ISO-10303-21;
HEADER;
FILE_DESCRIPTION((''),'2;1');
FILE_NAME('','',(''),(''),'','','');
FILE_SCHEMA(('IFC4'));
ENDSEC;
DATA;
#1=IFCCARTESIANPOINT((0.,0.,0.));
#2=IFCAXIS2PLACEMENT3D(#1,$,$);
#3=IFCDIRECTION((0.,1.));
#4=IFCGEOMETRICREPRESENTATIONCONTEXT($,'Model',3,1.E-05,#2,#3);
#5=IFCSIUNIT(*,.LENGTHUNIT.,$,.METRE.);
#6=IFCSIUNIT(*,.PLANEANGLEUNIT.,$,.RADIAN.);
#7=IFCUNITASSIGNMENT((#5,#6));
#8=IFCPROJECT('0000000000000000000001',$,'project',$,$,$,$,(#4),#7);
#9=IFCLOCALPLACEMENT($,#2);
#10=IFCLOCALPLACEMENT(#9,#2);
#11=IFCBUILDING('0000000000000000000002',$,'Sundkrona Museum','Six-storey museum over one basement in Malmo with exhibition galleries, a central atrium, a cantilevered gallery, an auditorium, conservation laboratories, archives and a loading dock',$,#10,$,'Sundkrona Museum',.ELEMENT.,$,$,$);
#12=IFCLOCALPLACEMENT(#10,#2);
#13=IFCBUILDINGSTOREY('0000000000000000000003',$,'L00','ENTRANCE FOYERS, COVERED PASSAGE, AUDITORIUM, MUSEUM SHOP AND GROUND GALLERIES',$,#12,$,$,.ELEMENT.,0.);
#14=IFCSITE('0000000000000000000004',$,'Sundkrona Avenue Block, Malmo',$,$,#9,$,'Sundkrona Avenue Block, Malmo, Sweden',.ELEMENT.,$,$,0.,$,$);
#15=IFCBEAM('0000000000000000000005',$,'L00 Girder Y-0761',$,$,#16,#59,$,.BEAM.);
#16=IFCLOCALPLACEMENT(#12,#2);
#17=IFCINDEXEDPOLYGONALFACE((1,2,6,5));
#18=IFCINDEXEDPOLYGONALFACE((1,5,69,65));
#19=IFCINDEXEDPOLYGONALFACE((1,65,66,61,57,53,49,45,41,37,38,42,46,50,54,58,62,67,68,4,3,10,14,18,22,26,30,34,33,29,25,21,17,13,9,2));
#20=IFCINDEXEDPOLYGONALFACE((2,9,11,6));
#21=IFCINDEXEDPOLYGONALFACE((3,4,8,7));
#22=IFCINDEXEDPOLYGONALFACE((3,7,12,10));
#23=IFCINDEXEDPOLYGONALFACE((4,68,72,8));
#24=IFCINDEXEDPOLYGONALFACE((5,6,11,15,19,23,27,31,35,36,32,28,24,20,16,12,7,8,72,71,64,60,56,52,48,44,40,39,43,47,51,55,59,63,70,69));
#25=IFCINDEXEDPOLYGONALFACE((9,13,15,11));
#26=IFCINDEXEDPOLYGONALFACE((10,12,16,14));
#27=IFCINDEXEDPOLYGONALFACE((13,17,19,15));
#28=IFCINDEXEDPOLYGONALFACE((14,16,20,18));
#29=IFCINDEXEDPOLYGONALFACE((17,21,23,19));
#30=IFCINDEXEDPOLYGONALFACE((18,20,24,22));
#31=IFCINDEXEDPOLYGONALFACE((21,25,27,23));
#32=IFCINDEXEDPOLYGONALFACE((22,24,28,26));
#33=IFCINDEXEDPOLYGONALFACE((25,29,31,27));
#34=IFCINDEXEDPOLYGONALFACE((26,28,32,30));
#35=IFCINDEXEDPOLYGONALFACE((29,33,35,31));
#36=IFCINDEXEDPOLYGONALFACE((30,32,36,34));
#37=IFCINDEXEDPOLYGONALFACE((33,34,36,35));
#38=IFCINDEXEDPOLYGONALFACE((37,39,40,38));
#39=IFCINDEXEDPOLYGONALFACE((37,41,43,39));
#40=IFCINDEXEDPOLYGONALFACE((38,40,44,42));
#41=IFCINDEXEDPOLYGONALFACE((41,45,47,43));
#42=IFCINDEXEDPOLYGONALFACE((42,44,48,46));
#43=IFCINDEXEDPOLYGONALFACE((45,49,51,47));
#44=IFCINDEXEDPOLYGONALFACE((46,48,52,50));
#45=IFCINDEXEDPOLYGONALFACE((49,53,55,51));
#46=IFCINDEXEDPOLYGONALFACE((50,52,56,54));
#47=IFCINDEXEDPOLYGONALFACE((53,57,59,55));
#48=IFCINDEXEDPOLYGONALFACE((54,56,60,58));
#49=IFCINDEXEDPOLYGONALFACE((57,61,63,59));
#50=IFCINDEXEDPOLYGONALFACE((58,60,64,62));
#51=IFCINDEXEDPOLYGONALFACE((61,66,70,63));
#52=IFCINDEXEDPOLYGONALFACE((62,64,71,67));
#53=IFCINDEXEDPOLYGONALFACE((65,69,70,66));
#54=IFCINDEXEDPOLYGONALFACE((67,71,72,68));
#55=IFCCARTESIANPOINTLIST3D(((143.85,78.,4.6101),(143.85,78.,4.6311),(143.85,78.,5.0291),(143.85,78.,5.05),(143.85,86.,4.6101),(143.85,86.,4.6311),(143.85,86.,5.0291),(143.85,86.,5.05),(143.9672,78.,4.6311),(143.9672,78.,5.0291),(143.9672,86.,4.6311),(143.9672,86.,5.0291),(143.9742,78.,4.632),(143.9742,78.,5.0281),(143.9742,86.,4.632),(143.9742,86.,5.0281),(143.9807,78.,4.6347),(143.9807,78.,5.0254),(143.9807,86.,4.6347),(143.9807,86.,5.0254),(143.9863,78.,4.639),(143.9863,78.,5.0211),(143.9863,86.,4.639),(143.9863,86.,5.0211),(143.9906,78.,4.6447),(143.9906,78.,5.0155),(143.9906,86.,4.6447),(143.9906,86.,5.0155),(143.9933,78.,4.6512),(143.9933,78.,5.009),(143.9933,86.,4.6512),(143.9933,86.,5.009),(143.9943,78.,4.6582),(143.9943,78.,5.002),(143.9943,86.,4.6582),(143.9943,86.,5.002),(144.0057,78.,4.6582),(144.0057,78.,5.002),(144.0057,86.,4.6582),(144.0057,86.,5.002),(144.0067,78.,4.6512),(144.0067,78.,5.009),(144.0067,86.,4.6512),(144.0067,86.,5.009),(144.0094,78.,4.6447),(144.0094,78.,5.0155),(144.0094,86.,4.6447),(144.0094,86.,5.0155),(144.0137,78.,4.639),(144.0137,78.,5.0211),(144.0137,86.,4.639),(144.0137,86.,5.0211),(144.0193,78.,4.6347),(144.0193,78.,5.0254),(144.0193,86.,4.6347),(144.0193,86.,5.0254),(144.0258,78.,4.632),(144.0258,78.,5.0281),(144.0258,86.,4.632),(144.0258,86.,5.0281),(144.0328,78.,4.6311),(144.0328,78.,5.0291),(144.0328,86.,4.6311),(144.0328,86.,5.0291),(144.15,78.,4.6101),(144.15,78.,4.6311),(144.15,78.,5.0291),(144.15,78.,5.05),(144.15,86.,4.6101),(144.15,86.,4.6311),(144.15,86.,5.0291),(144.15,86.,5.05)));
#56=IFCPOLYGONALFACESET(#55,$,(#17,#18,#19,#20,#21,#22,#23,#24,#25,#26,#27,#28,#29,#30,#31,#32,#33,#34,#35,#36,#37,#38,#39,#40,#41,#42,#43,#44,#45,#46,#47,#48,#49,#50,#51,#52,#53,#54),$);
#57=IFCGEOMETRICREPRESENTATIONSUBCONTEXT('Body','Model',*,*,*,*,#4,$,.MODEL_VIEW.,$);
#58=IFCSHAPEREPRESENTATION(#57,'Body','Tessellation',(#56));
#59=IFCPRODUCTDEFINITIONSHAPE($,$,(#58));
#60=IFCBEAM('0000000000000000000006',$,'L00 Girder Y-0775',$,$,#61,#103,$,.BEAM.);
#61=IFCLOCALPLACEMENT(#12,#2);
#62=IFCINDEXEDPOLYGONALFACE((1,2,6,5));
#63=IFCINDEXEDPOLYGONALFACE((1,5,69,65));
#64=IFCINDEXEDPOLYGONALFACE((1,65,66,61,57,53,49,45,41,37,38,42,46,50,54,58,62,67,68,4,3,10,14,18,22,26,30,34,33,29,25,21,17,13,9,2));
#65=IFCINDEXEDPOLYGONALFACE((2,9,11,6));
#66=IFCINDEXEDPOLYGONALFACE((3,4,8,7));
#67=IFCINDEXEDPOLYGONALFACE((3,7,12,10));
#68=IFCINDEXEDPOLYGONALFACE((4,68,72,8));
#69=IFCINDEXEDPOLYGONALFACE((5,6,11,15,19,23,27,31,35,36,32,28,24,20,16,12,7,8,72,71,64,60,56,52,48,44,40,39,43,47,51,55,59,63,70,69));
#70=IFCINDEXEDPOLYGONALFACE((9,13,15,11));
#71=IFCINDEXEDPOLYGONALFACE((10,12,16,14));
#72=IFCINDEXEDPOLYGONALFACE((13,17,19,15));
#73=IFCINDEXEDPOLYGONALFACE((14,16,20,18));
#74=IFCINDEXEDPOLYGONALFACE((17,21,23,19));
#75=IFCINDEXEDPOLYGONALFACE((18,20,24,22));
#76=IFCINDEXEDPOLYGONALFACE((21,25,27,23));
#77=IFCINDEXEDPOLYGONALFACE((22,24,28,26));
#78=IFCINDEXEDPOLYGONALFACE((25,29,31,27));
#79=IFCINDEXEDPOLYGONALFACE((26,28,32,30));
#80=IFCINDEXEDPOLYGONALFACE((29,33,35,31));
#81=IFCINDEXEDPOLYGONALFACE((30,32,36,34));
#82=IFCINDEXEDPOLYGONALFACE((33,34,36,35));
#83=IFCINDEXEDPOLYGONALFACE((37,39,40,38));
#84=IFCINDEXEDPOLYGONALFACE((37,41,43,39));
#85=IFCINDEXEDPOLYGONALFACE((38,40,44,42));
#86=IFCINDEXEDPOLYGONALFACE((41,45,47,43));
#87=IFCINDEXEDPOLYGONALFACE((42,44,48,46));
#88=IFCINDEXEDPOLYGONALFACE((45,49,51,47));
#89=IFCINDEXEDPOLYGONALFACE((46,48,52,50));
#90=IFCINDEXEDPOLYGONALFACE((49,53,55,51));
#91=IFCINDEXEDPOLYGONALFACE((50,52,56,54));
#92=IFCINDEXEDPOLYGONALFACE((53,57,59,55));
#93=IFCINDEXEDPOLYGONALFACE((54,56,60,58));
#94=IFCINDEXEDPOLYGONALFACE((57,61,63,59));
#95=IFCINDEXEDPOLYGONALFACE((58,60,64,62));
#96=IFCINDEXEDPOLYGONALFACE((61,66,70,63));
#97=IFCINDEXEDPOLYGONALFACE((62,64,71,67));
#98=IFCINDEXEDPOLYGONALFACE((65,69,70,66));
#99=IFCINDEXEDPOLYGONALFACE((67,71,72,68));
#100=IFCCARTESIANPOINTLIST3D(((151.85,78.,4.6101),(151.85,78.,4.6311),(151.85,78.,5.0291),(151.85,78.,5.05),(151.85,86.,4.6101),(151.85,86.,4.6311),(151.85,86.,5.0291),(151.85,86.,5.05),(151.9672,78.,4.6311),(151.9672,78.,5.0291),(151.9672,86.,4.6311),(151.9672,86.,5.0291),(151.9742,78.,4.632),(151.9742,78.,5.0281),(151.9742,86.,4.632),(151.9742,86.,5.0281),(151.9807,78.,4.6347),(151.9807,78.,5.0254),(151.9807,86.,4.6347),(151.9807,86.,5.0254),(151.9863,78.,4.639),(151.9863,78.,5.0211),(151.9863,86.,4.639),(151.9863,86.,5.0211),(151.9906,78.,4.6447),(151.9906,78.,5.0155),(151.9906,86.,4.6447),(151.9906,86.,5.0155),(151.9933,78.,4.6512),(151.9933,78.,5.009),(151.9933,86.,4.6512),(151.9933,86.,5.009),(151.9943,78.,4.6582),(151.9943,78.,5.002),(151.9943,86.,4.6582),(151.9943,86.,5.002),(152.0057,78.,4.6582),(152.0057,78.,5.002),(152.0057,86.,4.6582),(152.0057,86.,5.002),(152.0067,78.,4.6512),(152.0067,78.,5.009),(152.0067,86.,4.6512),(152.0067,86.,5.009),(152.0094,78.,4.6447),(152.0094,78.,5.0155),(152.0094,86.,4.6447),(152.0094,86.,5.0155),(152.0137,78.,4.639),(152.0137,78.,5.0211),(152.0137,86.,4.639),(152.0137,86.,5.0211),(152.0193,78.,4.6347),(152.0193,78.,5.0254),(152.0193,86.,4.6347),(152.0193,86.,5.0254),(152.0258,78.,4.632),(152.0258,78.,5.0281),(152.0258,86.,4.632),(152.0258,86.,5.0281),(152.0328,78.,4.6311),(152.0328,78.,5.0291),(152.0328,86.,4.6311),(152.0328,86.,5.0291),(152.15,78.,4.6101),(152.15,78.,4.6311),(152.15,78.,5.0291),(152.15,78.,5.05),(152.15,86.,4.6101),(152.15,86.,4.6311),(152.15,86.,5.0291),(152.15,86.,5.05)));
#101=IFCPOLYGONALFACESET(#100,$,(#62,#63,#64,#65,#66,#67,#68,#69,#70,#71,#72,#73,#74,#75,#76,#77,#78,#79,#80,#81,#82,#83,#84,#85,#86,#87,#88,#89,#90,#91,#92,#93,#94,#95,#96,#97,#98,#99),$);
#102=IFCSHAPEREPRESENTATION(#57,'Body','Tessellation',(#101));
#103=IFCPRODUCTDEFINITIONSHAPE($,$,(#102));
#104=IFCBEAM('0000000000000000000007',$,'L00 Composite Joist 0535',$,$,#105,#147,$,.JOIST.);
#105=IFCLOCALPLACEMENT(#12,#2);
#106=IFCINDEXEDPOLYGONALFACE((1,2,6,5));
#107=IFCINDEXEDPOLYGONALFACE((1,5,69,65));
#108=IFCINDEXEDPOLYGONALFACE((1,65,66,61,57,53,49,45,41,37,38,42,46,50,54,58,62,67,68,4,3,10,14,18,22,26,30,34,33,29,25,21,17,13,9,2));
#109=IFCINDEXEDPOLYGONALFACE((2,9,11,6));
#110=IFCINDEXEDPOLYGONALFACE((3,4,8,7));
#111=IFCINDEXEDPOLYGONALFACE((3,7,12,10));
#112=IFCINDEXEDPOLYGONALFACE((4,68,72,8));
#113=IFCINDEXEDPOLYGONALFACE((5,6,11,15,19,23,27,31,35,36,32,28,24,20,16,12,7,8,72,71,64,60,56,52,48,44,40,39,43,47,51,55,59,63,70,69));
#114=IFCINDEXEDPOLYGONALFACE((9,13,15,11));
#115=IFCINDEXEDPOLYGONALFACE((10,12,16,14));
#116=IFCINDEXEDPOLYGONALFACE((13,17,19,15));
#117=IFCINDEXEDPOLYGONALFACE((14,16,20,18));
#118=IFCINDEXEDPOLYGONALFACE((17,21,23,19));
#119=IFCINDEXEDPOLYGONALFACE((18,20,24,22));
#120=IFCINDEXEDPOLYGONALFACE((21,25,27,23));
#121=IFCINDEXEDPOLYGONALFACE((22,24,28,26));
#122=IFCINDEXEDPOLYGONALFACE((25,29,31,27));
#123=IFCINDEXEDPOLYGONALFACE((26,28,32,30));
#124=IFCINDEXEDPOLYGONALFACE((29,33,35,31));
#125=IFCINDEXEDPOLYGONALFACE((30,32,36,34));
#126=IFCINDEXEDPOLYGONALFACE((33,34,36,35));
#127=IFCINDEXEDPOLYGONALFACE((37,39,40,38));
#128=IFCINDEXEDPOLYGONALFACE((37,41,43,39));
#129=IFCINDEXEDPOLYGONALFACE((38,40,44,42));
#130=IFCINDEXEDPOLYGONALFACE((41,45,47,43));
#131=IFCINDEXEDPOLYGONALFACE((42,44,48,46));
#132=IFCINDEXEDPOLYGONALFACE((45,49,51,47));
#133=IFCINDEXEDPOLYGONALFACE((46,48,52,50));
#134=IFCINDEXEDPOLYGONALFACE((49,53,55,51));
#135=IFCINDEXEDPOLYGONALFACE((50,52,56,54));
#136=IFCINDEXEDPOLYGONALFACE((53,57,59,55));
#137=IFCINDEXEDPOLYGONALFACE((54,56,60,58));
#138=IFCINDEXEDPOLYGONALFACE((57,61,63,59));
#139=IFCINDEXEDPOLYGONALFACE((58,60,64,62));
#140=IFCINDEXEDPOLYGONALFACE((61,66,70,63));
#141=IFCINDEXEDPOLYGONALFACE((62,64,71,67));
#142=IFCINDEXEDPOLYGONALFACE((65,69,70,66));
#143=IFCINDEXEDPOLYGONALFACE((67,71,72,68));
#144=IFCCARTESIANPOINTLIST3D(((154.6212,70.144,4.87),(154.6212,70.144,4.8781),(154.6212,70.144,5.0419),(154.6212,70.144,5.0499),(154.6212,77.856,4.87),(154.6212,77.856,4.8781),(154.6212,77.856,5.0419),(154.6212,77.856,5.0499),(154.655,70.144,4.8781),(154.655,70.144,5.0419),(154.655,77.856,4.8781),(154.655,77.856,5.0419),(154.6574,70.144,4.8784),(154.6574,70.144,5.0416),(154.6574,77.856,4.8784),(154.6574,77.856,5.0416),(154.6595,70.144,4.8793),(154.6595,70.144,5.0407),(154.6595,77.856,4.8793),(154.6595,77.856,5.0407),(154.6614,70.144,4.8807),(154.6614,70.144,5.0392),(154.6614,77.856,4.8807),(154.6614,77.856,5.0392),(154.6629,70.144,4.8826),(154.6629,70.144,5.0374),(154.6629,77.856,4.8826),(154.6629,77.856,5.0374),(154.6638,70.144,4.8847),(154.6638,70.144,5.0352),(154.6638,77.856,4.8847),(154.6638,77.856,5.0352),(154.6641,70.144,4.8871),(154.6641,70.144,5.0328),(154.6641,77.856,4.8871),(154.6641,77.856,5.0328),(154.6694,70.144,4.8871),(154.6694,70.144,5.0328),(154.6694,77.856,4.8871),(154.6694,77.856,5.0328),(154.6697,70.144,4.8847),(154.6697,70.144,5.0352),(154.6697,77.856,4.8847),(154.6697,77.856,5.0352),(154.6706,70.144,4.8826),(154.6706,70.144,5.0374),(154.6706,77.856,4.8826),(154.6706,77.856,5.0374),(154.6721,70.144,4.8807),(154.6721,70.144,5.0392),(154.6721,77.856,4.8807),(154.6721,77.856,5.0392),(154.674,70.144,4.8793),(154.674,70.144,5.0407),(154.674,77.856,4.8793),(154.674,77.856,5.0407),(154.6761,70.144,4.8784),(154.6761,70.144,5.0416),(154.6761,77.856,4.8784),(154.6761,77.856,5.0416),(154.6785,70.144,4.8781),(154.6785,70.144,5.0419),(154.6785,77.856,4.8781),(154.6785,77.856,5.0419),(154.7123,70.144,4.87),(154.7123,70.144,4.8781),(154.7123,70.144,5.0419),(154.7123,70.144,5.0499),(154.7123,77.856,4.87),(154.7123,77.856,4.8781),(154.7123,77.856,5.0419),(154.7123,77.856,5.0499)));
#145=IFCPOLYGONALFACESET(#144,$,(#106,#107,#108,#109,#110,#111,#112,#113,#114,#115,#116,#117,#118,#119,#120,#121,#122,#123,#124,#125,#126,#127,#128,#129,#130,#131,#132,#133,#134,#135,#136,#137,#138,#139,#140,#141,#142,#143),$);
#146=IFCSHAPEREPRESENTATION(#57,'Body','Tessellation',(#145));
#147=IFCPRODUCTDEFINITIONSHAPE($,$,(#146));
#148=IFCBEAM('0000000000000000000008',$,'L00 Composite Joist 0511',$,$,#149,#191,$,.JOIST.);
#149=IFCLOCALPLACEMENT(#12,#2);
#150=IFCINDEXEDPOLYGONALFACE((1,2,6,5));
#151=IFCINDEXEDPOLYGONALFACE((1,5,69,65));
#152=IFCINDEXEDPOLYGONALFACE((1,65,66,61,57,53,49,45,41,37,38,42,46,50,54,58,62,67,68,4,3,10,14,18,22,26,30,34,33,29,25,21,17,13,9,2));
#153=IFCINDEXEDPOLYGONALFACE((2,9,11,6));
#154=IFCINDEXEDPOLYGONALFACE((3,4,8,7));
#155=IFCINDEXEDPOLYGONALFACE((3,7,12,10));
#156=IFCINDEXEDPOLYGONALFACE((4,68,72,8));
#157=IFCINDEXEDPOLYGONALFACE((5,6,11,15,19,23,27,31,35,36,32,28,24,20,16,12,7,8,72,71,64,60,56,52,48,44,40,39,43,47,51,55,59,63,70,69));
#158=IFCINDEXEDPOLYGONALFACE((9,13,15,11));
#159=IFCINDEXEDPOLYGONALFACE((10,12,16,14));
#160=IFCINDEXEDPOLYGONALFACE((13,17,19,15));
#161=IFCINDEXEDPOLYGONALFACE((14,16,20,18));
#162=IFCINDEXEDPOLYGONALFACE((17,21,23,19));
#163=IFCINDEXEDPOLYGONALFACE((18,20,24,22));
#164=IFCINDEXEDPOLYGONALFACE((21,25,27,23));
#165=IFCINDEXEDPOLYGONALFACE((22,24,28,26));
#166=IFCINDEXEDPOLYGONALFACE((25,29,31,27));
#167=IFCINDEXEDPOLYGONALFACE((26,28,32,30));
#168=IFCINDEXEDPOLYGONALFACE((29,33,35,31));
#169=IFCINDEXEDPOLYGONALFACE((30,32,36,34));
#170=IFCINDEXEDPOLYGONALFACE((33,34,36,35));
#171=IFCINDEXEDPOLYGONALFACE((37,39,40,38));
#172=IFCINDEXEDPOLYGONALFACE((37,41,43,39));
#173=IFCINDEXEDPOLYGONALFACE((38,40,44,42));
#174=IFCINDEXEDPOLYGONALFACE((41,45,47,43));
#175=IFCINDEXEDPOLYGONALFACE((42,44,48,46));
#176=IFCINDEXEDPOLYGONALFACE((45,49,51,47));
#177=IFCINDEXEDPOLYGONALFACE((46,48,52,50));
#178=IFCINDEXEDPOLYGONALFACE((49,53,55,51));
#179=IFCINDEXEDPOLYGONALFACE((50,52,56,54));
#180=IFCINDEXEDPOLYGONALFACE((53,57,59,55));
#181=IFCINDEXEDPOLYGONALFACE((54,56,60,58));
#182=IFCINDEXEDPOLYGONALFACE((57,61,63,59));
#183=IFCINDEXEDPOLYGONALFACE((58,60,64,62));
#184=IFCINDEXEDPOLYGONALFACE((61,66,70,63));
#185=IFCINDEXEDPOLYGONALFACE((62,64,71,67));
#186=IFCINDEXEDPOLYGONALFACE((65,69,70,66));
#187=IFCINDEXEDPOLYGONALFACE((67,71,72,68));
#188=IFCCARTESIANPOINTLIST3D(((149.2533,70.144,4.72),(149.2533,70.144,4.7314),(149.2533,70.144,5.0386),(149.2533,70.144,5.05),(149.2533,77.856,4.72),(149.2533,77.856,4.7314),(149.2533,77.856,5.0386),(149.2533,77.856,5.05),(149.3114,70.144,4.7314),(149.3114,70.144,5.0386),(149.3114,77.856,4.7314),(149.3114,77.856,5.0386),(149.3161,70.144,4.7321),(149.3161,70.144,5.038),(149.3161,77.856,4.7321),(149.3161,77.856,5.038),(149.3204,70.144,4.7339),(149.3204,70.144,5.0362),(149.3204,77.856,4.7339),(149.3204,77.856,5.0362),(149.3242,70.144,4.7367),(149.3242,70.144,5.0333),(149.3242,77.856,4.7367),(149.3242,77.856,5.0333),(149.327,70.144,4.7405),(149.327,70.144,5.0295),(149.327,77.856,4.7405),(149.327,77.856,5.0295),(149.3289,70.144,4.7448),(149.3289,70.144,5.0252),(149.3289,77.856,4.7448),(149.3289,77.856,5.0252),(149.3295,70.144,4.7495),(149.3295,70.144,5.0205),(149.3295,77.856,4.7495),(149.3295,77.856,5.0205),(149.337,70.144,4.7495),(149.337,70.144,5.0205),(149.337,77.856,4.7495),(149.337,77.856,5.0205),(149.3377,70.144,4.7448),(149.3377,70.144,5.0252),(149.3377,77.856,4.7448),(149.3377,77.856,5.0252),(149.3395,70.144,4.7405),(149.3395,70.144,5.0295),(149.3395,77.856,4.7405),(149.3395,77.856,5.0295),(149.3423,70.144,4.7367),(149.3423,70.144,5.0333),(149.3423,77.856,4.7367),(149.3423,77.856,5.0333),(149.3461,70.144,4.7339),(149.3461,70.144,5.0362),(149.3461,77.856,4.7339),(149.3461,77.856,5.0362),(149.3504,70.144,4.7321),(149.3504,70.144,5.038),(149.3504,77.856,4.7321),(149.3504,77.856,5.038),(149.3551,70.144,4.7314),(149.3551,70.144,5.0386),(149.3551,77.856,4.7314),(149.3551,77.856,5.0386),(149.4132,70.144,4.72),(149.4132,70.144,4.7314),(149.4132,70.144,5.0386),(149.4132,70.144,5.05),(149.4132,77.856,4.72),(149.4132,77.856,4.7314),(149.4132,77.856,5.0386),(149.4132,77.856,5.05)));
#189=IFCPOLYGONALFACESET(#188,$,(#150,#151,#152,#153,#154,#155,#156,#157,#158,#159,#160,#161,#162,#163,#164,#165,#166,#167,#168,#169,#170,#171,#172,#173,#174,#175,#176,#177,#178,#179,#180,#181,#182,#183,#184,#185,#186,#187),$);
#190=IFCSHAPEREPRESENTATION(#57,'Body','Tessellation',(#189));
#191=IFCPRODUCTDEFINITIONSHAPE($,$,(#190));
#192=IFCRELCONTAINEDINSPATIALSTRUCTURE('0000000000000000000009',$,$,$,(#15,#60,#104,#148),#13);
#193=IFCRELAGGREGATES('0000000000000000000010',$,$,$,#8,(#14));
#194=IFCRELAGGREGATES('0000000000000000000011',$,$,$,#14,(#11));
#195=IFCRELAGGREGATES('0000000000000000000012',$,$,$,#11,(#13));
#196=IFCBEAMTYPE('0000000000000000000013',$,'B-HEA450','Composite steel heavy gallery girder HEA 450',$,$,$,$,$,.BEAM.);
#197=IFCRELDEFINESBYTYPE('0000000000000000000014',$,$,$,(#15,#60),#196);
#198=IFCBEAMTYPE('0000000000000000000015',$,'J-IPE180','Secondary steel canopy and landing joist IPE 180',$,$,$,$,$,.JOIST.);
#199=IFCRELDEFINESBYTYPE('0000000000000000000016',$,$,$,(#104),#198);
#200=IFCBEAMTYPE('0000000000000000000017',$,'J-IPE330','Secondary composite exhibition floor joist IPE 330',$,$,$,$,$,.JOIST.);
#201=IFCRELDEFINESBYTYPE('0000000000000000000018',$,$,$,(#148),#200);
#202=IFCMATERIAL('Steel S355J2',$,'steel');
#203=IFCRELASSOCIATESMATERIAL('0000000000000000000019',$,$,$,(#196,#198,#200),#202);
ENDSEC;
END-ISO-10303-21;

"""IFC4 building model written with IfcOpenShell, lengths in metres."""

from ifc_helpers import new_model, si_unit, direction, frame, origin, origin_2d, place, context, subcontext, project, spatial, i_section, extrude, material, material_profile, profile_set, type_object, element, save


model = new_model("IFC4")

# Units and contexts
model_context = context("Model", 3, precision=1e-05, world=origin(), true_north=direction((0.0, 1.0)))
body_context = subcontext(model_context, "Body", "Model", "MODEL_VIEW")
ifc_project = project(units=[si_unit("LENGTHUNIT", "METRE"), si_unit("PLANEANGLEUNIT", "RADIAN")], contexts=[model_context])

# Site, building, storey
site_placement = place(None, origin())
site = spatial("IfcSite", under=ifc_project, at=site_placement, Name="Sundkrona Avenue Block, Malmo", LongName="Sundkrona Avenue Block, Malmo, Sweden", CompositionType="ELEMENT", RefElevation=0.0)
building_placement = place(site_placement, origin())
building = spatial("IfcBuilding", under=site, at=building_placement, Name="Sundkrona Museum", Description="Six-storey museum over one basement in Malmo with exhibition galleries, a central atrium, a cantilevered gallery, an auditorium, conservation laboratories, archives and a loading dock", LongName="Sundkrona Museum", CompositionType="ELEMENT")
storey_placement = place(building_placement, origin())
storey = spatial("IfcBuildingStorey", under=building, at=storey_placement, Name="L00", Description="ENTRANCE FOYERS, COVERED PASSAGE, AUDITORIUM, MUSEUM SHOP AND GROUND GALLERIES", CompositionType="ELEMENT", Elevation=0.0)

# Shared definitions
ifc_material_1 = material(Name="Steel S355J2", Category="steel")

# Beams
ifc_material_profile_1 = material_profile(ifc_material_1, i_section(OverallWidth=0.3, OverallDepth=0.4399, WebThickness=0.0115, FlangeThickness=0.021, FilletRadius=0.0271, at=origin_2d()), Name="HEA 450")
ifc_profile_set_1 = profile_set([ifc_material_profile_1], Name="Steel S355J2")
beam_type_1 = type_object("IfcBeamType", Name="B-HEA450", Description="Composite steel heavy gallery girder HEA 450", PredefinedType="BEAM", material=ifc_profile_set_1)
for number, where, z_axis, x_axis, name in (
    (1, (144.0, 78.0, 4.8301), (0.0, 1.0, 0.0), (-1.0, 0.0, 0.0), "L00 Girder Y-0761"),
    (2, (152.0, 78.0, 4.8301), (0.0, 1.0, 0.0), (-1.0, 0.0, 0.0), "L00 Girder Y-0775"),
):
    element("IfcBeam", number, at=place(storey_placement, frame(where, z_axis=z_axis, x_axis=x_axis)), inside=storey, type_object=beam_type_1, Name=name, PredefinedType="BEAM", context=body_context, shape_type="SweptSolid", body=[
        extrude(i_section(OverallWidth=0.3, OverallDepth=0.4399, WebThickness=0.0115, FlangeThickness=0.021, FilletRadius=0.0271, at=origin_2d()), origin(), (0.0, 0.0, 1.0), 8.0),
    ])
ifc_material_profile_2 = material_profile(ifc_material_1, i_section(OverallWidth=0.0911, OverallDepth=0.1799, WebThickness=0.0054, FlangeThickness=0.0081, FilletRadius=0.009, at=origin_2d()), Name="IPE 180")
ifc_profile_set_2 = profile_set([ifc_material_profile_2], Name="Steel S355J2")
beam_type_2 = type_object("IfcBeamType", Name="J-IPE180", Description="Secondary steel canopy and landing joist IPE 180", PredefinedType="JOIST", material=ifc_profile_set_2)
beam_1_placement = place(storey_placement, frame((154.6667, 70.144, 4.96), z_axis=(0.0, 1.0, 0.0), x_axis=(-1.0, 0.0, 0.0)))
element("IfcBeam", 3, at=beam_1_placement, inside=storey, type_object=beam_type_2, Name="L00 Composite Joist 0535", PredefinedType="JOIST", context=body_context, shape_type="SweptSolid", body=[
    extrude(i_section(OverallWidth=0.0911, OverallDepth=0.1799, WebThickness=0.0054, FlangeThickness=0.0081, FilletRadius=0.009, at=origin_2d()), origin(), (0.0, 0.0, 1.0), 7.7119),
])
ifc_material_profile_3 = material_profile(ifc_material_1, i_section(OverallWidth=0.1599, OverallDepth=0.3301, WebThickness=0.0076, FlangeThickness=0.0115, FilletRadius=0.0181, at=origin_2d()), Name="IPE 330")
ifc_profile_set_3 = profile_set([ifc_material_profile_3], Name="Steel S355J2")
beam_type_3 = type_object("IfcBeamType", Name="J-IPE330", Description="Secondary composite exhibition floor joist IPE 330", PredefinedType="JOIST", material=ifc_profile_set_3)
for number, where, z_axis, x_axis, name in (
    (4, (149.3333, 70.144, 4.885), (0.0, 1.0, 0.0), (-1.0, 0.0, 0.0), "L00 Composite Joist 0511"),
):
    element("IfcBeam", number, at=place(storey_placement, frame(where, z_axis=z_axis, x_axis=x_axis)), inside=storey, type_object=beam_type_3, Name=name, PredefinedType="JOIST", context=body_context, shape_type="SweptSolid", body=[
        extrude(i_section(OverallWidth=0.1599, OverallDepth=0.3301, WebThickness=0.0076, FlangeThickness=0.0115, FilletRadius=0.0181, at=origin_2d()), origin(), (0.0, 0.0, 1.0), 7.7119),
    ])

save(model, "model.ifc")
